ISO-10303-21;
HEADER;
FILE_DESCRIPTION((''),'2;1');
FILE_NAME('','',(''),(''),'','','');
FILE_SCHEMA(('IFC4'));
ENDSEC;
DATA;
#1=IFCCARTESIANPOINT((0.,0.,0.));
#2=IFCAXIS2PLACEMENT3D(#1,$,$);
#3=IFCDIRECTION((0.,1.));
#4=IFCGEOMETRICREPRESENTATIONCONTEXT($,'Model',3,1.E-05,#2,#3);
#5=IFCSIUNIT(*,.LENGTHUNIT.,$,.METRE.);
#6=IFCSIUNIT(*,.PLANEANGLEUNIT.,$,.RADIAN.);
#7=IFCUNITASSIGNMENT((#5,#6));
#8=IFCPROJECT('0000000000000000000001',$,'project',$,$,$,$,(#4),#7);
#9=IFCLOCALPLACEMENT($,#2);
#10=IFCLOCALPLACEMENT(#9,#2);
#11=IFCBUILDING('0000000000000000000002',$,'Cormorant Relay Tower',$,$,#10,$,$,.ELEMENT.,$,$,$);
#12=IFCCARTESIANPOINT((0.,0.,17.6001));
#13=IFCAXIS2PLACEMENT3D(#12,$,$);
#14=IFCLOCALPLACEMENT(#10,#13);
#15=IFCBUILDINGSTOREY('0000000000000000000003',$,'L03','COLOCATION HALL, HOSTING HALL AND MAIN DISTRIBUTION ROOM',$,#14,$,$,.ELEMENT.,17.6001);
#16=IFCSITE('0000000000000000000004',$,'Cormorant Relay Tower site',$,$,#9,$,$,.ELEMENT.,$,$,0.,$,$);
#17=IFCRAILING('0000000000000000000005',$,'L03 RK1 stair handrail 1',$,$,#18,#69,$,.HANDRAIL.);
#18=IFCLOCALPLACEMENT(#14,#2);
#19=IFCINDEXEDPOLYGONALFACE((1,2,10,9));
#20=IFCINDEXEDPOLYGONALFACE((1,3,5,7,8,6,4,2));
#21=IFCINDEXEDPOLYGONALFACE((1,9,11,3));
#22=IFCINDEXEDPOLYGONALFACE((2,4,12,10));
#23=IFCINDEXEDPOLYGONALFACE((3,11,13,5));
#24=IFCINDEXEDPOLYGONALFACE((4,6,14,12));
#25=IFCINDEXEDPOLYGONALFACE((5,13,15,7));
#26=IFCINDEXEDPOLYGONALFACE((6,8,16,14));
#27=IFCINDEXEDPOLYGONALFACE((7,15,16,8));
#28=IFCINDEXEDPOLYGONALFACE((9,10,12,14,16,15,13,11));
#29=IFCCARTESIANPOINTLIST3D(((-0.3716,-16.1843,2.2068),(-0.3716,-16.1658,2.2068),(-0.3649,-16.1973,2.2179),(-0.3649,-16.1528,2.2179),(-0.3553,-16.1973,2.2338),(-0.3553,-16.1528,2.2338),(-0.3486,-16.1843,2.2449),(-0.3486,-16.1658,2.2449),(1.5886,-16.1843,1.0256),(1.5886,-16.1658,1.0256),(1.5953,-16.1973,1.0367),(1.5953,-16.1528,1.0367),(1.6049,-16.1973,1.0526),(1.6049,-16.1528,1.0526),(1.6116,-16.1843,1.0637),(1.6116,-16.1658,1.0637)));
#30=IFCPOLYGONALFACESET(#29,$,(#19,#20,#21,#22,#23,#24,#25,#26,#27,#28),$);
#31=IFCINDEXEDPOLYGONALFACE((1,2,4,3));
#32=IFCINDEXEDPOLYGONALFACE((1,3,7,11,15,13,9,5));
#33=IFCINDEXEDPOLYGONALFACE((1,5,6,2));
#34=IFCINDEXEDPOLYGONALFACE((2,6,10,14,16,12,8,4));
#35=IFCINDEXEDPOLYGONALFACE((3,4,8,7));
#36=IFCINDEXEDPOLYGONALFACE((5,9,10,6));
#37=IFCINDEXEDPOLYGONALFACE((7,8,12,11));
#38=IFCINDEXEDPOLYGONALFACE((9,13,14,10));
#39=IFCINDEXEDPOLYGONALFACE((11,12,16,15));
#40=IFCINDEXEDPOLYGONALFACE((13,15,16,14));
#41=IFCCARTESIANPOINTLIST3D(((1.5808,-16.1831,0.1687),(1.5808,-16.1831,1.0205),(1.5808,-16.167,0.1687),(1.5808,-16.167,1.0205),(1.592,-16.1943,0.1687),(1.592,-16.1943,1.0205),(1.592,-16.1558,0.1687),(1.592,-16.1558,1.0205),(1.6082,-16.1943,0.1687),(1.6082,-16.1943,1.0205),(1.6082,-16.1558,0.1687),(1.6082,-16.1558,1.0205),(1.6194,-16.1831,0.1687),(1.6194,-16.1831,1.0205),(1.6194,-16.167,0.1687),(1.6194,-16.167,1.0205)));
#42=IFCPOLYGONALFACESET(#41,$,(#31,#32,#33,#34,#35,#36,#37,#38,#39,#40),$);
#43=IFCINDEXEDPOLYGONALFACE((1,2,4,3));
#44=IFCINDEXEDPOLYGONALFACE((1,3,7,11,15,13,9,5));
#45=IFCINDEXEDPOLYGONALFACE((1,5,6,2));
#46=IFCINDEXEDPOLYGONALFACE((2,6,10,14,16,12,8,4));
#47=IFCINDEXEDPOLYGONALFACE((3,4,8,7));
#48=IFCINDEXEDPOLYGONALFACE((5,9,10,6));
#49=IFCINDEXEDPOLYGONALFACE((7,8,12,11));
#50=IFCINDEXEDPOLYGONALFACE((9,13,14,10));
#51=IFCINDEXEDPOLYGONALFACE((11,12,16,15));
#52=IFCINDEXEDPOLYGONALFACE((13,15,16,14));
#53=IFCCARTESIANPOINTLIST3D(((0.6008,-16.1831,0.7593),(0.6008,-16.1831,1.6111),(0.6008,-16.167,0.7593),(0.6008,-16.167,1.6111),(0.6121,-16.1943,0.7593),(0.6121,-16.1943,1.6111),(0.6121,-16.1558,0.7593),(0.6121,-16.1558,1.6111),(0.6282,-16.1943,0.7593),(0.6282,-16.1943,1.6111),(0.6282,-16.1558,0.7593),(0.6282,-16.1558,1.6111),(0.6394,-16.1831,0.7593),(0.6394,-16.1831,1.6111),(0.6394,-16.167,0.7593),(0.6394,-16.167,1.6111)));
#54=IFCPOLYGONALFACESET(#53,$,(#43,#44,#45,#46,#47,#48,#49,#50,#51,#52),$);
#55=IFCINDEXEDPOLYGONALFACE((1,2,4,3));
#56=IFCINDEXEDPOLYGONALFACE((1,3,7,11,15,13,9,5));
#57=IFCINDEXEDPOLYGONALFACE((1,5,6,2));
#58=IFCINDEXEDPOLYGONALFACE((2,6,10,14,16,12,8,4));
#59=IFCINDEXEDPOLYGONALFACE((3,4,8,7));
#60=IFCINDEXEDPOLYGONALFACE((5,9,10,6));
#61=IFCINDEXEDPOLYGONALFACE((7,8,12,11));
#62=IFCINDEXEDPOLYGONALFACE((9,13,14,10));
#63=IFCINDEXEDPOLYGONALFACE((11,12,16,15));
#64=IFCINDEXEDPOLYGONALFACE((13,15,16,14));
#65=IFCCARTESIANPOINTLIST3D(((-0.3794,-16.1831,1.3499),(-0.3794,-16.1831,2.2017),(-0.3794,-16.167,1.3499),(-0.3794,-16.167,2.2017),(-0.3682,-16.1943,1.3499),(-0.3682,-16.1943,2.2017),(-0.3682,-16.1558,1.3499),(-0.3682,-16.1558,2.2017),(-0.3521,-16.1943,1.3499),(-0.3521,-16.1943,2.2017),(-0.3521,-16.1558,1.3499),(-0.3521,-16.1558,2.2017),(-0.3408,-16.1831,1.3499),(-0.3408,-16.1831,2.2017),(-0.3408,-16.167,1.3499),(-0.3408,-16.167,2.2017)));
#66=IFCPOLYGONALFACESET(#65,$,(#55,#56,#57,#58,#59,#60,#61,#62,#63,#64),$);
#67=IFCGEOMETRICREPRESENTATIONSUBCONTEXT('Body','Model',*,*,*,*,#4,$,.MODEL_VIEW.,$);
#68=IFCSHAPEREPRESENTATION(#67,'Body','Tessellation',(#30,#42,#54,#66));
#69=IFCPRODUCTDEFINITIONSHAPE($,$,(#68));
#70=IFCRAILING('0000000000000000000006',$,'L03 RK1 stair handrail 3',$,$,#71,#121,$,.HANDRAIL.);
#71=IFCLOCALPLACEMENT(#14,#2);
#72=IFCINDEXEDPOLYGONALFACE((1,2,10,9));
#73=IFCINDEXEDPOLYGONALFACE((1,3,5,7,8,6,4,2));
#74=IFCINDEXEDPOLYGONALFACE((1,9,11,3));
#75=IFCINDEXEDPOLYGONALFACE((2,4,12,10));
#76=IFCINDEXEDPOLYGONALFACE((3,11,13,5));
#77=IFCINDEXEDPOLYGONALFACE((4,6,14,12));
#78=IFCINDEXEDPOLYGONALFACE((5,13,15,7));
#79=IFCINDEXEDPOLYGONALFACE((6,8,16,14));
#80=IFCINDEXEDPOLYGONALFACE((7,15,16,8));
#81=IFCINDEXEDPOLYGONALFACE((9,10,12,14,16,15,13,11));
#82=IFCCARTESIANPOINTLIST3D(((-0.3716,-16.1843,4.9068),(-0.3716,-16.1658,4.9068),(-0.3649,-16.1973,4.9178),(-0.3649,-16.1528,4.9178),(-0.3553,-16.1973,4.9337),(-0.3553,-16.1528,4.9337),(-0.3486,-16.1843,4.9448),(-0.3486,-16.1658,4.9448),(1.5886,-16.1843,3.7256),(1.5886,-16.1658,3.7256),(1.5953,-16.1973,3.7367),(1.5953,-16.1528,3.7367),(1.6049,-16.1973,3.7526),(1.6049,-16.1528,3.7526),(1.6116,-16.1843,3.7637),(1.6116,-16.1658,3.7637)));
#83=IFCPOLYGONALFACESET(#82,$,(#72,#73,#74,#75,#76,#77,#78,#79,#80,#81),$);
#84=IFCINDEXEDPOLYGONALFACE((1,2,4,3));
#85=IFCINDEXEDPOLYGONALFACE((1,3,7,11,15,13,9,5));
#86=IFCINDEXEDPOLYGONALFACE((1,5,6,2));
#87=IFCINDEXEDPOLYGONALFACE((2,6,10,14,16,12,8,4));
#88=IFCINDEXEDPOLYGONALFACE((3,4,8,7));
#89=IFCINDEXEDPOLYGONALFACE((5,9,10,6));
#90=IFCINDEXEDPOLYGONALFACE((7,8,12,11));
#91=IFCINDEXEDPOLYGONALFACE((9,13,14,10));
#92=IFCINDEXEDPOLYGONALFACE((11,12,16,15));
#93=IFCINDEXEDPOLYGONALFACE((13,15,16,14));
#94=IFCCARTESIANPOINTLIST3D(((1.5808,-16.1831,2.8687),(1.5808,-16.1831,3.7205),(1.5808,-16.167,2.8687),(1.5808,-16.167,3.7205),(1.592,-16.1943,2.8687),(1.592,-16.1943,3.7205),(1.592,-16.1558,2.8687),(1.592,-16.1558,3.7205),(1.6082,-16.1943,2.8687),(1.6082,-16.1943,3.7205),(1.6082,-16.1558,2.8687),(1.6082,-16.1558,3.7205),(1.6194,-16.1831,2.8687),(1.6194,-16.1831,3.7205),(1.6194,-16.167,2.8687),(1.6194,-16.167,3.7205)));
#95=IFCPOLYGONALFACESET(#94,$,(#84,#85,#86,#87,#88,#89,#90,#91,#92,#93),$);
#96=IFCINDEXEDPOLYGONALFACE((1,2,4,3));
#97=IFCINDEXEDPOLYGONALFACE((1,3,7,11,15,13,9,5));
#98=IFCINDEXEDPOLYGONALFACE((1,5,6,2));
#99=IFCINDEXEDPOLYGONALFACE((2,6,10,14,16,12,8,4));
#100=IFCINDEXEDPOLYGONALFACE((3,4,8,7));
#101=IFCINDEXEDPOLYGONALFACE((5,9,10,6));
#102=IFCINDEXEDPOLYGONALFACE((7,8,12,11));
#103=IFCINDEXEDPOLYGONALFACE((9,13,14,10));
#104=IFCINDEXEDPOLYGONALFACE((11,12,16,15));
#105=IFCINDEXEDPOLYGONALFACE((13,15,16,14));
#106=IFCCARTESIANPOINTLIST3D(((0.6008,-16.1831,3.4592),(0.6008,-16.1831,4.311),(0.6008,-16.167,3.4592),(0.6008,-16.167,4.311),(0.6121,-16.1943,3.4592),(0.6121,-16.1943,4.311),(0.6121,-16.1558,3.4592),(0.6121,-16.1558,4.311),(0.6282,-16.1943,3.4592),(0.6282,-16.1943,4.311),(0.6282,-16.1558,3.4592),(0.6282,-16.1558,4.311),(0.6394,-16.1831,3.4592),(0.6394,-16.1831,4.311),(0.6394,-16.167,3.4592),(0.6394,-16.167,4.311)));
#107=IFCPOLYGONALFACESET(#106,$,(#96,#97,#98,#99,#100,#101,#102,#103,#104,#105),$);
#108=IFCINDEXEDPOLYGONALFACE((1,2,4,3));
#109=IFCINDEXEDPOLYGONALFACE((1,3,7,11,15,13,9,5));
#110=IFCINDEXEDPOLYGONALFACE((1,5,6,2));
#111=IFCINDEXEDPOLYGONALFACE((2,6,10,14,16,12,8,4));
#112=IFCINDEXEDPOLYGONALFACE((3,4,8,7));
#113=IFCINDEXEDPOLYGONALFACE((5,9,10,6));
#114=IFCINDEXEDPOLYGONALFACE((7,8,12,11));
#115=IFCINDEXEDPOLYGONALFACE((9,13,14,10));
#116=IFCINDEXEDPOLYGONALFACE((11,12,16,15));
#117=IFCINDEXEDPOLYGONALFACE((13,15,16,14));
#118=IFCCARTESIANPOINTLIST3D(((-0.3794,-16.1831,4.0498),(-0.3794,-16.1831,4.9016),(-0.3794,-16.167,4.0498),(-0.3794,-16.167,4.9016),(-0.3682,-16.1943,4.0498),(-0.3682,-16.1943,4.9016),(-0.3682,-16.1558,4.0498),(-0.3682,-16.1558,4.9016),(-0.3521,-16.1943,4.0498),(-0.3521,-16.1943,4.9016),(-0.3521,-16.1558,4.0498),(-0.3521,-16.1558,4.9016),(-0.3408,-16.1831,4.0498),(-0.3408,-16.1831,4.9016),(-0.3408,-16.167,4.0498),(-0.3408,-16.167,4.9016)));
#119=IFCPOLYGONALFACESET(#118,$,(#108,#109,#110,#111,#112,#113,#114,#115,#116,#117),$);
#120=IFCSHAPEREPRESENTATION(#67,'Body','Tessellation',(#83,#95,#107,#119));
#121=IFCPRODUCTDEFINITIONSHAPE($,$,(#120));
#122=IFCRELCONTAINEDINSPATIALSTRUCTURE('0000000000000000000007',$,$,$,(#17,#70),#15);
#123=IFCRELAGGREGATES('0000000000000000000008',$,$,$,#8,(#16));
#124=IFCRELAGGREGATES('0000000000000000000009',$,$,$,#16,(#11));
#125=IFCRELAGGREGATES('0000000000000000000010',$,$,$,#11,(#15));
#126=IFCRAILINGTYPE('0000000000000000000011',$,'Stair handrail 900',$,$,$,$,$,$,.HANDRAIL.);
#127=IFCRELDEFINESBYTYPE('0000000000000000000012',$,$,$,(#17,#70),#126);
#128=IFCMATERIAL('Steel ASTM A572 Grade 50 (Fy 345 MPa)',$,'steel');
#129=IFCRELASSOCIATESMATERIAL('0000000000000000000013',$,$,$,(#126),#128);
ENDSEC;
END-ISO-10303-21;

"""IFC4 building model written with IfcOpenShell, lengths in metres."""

from ifc_helpers import new_model, si_unit, direction, frame, origin, place, context, subcontext, project, spatial, polyline, outline, extrude, material, type_object, element, save


model = new_model("IFC4")

# Units and contexts
model_context = context("Model", 3, precision=1e-05, world=origin(), true_north=direction((0.0, 1.0)))
body_context = subcontext(model_context, "Body", "Model", "MODEL_VIEW")
ifc_project = project(units=[si_unit("LENGTHUNIT", "METRE"), si_unit("PLANEANGLEUNIT", "RADIAN")], contexts=[model_context])

# Site, building, storey
site_placement = place(None, origin())
site = spatial("IfcSite", under=ifc_project, at=site_placement, Name="Cormorant Relay Tower site", CompositionType="ELEMENT", RefElevation=0.0)
building_placement = place(site_placement, origin())
building = spatial("IfcBuilding", under=site, at=building_placement, Name="Cormorant Relay Tower", CompositionType="ELEMENT")
storey_placement = place(building_placement, frame((0.0, 0.0, 17.6001)))
storey = spatial("IfcBuildingStorey", under=building, at=storey_placement, Name="L03", Description="COLOCATION HALL, HOSTING HALL AND MAIN DISTRIBUTION ROOM", CompositionType="ELEMENT", Elevation=17.6001)

# Railings
ifc_material_1 = material(Name="Steel ASTM A572 Grade 50 (Fy 345 MPa)", Category="steel")
railing_type_1 = type_object("IfcRailingType", Name="Stair handrail 900", PredefinedType="HANDRAIL", material=ifc_material_1)
for number, where, name in (
    (1, (1.6001, -16.175, 0.1687), "L03 RK1 stair handrail 1"),
    (2, (1.6001, -16.175, 2.8687), "L03 RK1 stair handrail 3"),
):
    element("IfcRailing", number, at=place(storey_placement, frame(where)), inside=storey, type_object=railing_type_1, Name=name, PredefinedType="HANDRAIL", context=body_context, shape_type="SweptSolid", body=[
        extrude(outline(polyline([(0.0222, 0.0093), (0.0093, 0.0222), (-0.0093, 0.0222), (-0.0222, 0.0093), (-0.0222, -0.0093), (-0.0093, -0.0222), (0.0093, -0.0222), (0.0222, -0.0093), (0.0222, 0.0093)])), frame((0.0, 0.0, 0.876), z_axis=(-0.856522, 0.0, 0.516111), x_axis=(0.0, -1.0, 0.0)), (0.0, 0.0, 1.0), 2.2886),
        extrude(outline(polyline([(0.0193, 0.0081), (0.0081, 0.0193), (-0.0081, 0.0193), (-0.0193, 0.0081), (-0.0193, -0.0081), (-0.0081, -0.0193), (0.0081, -0.0193), (0.0193, -0.0081), (0.0193, 0.0081)])), origin(), (0.0, 0.0, 1.0), 0.8518),
        extrude(outline(polyline([(0.0193, 0.0081), (0.0081, 0.0193), (-0.0081, 0.0193), (-0.0193, 0.0081), (-0.0193, -0.0081), (-0.0081, -0.0193), (0.0081, -0.0193), (0.0193, -0.0081), (0.0193, 0.0081)])), frame((-0.98, 0.0, 0.5906)), (0.0, 0.0, 1.0), 0.8518),
        extrude(outline(polyline([(0.0193, 0.0081), (0.0081, 0.0193), (-0.0081, 0.0193), (-0.0193, 0.0081), (-0.0193, -0.0081), (-0.0081, -0.0193), (0.0081, -0.0193), (0.0193, -0.0081), (0.0193, 0.0081)])), frame((-1.9602, 0.0, 1.1812)), (0.0, 0.0, 1.0), 0.8518),
    ])

save(model, "model.ifc")
